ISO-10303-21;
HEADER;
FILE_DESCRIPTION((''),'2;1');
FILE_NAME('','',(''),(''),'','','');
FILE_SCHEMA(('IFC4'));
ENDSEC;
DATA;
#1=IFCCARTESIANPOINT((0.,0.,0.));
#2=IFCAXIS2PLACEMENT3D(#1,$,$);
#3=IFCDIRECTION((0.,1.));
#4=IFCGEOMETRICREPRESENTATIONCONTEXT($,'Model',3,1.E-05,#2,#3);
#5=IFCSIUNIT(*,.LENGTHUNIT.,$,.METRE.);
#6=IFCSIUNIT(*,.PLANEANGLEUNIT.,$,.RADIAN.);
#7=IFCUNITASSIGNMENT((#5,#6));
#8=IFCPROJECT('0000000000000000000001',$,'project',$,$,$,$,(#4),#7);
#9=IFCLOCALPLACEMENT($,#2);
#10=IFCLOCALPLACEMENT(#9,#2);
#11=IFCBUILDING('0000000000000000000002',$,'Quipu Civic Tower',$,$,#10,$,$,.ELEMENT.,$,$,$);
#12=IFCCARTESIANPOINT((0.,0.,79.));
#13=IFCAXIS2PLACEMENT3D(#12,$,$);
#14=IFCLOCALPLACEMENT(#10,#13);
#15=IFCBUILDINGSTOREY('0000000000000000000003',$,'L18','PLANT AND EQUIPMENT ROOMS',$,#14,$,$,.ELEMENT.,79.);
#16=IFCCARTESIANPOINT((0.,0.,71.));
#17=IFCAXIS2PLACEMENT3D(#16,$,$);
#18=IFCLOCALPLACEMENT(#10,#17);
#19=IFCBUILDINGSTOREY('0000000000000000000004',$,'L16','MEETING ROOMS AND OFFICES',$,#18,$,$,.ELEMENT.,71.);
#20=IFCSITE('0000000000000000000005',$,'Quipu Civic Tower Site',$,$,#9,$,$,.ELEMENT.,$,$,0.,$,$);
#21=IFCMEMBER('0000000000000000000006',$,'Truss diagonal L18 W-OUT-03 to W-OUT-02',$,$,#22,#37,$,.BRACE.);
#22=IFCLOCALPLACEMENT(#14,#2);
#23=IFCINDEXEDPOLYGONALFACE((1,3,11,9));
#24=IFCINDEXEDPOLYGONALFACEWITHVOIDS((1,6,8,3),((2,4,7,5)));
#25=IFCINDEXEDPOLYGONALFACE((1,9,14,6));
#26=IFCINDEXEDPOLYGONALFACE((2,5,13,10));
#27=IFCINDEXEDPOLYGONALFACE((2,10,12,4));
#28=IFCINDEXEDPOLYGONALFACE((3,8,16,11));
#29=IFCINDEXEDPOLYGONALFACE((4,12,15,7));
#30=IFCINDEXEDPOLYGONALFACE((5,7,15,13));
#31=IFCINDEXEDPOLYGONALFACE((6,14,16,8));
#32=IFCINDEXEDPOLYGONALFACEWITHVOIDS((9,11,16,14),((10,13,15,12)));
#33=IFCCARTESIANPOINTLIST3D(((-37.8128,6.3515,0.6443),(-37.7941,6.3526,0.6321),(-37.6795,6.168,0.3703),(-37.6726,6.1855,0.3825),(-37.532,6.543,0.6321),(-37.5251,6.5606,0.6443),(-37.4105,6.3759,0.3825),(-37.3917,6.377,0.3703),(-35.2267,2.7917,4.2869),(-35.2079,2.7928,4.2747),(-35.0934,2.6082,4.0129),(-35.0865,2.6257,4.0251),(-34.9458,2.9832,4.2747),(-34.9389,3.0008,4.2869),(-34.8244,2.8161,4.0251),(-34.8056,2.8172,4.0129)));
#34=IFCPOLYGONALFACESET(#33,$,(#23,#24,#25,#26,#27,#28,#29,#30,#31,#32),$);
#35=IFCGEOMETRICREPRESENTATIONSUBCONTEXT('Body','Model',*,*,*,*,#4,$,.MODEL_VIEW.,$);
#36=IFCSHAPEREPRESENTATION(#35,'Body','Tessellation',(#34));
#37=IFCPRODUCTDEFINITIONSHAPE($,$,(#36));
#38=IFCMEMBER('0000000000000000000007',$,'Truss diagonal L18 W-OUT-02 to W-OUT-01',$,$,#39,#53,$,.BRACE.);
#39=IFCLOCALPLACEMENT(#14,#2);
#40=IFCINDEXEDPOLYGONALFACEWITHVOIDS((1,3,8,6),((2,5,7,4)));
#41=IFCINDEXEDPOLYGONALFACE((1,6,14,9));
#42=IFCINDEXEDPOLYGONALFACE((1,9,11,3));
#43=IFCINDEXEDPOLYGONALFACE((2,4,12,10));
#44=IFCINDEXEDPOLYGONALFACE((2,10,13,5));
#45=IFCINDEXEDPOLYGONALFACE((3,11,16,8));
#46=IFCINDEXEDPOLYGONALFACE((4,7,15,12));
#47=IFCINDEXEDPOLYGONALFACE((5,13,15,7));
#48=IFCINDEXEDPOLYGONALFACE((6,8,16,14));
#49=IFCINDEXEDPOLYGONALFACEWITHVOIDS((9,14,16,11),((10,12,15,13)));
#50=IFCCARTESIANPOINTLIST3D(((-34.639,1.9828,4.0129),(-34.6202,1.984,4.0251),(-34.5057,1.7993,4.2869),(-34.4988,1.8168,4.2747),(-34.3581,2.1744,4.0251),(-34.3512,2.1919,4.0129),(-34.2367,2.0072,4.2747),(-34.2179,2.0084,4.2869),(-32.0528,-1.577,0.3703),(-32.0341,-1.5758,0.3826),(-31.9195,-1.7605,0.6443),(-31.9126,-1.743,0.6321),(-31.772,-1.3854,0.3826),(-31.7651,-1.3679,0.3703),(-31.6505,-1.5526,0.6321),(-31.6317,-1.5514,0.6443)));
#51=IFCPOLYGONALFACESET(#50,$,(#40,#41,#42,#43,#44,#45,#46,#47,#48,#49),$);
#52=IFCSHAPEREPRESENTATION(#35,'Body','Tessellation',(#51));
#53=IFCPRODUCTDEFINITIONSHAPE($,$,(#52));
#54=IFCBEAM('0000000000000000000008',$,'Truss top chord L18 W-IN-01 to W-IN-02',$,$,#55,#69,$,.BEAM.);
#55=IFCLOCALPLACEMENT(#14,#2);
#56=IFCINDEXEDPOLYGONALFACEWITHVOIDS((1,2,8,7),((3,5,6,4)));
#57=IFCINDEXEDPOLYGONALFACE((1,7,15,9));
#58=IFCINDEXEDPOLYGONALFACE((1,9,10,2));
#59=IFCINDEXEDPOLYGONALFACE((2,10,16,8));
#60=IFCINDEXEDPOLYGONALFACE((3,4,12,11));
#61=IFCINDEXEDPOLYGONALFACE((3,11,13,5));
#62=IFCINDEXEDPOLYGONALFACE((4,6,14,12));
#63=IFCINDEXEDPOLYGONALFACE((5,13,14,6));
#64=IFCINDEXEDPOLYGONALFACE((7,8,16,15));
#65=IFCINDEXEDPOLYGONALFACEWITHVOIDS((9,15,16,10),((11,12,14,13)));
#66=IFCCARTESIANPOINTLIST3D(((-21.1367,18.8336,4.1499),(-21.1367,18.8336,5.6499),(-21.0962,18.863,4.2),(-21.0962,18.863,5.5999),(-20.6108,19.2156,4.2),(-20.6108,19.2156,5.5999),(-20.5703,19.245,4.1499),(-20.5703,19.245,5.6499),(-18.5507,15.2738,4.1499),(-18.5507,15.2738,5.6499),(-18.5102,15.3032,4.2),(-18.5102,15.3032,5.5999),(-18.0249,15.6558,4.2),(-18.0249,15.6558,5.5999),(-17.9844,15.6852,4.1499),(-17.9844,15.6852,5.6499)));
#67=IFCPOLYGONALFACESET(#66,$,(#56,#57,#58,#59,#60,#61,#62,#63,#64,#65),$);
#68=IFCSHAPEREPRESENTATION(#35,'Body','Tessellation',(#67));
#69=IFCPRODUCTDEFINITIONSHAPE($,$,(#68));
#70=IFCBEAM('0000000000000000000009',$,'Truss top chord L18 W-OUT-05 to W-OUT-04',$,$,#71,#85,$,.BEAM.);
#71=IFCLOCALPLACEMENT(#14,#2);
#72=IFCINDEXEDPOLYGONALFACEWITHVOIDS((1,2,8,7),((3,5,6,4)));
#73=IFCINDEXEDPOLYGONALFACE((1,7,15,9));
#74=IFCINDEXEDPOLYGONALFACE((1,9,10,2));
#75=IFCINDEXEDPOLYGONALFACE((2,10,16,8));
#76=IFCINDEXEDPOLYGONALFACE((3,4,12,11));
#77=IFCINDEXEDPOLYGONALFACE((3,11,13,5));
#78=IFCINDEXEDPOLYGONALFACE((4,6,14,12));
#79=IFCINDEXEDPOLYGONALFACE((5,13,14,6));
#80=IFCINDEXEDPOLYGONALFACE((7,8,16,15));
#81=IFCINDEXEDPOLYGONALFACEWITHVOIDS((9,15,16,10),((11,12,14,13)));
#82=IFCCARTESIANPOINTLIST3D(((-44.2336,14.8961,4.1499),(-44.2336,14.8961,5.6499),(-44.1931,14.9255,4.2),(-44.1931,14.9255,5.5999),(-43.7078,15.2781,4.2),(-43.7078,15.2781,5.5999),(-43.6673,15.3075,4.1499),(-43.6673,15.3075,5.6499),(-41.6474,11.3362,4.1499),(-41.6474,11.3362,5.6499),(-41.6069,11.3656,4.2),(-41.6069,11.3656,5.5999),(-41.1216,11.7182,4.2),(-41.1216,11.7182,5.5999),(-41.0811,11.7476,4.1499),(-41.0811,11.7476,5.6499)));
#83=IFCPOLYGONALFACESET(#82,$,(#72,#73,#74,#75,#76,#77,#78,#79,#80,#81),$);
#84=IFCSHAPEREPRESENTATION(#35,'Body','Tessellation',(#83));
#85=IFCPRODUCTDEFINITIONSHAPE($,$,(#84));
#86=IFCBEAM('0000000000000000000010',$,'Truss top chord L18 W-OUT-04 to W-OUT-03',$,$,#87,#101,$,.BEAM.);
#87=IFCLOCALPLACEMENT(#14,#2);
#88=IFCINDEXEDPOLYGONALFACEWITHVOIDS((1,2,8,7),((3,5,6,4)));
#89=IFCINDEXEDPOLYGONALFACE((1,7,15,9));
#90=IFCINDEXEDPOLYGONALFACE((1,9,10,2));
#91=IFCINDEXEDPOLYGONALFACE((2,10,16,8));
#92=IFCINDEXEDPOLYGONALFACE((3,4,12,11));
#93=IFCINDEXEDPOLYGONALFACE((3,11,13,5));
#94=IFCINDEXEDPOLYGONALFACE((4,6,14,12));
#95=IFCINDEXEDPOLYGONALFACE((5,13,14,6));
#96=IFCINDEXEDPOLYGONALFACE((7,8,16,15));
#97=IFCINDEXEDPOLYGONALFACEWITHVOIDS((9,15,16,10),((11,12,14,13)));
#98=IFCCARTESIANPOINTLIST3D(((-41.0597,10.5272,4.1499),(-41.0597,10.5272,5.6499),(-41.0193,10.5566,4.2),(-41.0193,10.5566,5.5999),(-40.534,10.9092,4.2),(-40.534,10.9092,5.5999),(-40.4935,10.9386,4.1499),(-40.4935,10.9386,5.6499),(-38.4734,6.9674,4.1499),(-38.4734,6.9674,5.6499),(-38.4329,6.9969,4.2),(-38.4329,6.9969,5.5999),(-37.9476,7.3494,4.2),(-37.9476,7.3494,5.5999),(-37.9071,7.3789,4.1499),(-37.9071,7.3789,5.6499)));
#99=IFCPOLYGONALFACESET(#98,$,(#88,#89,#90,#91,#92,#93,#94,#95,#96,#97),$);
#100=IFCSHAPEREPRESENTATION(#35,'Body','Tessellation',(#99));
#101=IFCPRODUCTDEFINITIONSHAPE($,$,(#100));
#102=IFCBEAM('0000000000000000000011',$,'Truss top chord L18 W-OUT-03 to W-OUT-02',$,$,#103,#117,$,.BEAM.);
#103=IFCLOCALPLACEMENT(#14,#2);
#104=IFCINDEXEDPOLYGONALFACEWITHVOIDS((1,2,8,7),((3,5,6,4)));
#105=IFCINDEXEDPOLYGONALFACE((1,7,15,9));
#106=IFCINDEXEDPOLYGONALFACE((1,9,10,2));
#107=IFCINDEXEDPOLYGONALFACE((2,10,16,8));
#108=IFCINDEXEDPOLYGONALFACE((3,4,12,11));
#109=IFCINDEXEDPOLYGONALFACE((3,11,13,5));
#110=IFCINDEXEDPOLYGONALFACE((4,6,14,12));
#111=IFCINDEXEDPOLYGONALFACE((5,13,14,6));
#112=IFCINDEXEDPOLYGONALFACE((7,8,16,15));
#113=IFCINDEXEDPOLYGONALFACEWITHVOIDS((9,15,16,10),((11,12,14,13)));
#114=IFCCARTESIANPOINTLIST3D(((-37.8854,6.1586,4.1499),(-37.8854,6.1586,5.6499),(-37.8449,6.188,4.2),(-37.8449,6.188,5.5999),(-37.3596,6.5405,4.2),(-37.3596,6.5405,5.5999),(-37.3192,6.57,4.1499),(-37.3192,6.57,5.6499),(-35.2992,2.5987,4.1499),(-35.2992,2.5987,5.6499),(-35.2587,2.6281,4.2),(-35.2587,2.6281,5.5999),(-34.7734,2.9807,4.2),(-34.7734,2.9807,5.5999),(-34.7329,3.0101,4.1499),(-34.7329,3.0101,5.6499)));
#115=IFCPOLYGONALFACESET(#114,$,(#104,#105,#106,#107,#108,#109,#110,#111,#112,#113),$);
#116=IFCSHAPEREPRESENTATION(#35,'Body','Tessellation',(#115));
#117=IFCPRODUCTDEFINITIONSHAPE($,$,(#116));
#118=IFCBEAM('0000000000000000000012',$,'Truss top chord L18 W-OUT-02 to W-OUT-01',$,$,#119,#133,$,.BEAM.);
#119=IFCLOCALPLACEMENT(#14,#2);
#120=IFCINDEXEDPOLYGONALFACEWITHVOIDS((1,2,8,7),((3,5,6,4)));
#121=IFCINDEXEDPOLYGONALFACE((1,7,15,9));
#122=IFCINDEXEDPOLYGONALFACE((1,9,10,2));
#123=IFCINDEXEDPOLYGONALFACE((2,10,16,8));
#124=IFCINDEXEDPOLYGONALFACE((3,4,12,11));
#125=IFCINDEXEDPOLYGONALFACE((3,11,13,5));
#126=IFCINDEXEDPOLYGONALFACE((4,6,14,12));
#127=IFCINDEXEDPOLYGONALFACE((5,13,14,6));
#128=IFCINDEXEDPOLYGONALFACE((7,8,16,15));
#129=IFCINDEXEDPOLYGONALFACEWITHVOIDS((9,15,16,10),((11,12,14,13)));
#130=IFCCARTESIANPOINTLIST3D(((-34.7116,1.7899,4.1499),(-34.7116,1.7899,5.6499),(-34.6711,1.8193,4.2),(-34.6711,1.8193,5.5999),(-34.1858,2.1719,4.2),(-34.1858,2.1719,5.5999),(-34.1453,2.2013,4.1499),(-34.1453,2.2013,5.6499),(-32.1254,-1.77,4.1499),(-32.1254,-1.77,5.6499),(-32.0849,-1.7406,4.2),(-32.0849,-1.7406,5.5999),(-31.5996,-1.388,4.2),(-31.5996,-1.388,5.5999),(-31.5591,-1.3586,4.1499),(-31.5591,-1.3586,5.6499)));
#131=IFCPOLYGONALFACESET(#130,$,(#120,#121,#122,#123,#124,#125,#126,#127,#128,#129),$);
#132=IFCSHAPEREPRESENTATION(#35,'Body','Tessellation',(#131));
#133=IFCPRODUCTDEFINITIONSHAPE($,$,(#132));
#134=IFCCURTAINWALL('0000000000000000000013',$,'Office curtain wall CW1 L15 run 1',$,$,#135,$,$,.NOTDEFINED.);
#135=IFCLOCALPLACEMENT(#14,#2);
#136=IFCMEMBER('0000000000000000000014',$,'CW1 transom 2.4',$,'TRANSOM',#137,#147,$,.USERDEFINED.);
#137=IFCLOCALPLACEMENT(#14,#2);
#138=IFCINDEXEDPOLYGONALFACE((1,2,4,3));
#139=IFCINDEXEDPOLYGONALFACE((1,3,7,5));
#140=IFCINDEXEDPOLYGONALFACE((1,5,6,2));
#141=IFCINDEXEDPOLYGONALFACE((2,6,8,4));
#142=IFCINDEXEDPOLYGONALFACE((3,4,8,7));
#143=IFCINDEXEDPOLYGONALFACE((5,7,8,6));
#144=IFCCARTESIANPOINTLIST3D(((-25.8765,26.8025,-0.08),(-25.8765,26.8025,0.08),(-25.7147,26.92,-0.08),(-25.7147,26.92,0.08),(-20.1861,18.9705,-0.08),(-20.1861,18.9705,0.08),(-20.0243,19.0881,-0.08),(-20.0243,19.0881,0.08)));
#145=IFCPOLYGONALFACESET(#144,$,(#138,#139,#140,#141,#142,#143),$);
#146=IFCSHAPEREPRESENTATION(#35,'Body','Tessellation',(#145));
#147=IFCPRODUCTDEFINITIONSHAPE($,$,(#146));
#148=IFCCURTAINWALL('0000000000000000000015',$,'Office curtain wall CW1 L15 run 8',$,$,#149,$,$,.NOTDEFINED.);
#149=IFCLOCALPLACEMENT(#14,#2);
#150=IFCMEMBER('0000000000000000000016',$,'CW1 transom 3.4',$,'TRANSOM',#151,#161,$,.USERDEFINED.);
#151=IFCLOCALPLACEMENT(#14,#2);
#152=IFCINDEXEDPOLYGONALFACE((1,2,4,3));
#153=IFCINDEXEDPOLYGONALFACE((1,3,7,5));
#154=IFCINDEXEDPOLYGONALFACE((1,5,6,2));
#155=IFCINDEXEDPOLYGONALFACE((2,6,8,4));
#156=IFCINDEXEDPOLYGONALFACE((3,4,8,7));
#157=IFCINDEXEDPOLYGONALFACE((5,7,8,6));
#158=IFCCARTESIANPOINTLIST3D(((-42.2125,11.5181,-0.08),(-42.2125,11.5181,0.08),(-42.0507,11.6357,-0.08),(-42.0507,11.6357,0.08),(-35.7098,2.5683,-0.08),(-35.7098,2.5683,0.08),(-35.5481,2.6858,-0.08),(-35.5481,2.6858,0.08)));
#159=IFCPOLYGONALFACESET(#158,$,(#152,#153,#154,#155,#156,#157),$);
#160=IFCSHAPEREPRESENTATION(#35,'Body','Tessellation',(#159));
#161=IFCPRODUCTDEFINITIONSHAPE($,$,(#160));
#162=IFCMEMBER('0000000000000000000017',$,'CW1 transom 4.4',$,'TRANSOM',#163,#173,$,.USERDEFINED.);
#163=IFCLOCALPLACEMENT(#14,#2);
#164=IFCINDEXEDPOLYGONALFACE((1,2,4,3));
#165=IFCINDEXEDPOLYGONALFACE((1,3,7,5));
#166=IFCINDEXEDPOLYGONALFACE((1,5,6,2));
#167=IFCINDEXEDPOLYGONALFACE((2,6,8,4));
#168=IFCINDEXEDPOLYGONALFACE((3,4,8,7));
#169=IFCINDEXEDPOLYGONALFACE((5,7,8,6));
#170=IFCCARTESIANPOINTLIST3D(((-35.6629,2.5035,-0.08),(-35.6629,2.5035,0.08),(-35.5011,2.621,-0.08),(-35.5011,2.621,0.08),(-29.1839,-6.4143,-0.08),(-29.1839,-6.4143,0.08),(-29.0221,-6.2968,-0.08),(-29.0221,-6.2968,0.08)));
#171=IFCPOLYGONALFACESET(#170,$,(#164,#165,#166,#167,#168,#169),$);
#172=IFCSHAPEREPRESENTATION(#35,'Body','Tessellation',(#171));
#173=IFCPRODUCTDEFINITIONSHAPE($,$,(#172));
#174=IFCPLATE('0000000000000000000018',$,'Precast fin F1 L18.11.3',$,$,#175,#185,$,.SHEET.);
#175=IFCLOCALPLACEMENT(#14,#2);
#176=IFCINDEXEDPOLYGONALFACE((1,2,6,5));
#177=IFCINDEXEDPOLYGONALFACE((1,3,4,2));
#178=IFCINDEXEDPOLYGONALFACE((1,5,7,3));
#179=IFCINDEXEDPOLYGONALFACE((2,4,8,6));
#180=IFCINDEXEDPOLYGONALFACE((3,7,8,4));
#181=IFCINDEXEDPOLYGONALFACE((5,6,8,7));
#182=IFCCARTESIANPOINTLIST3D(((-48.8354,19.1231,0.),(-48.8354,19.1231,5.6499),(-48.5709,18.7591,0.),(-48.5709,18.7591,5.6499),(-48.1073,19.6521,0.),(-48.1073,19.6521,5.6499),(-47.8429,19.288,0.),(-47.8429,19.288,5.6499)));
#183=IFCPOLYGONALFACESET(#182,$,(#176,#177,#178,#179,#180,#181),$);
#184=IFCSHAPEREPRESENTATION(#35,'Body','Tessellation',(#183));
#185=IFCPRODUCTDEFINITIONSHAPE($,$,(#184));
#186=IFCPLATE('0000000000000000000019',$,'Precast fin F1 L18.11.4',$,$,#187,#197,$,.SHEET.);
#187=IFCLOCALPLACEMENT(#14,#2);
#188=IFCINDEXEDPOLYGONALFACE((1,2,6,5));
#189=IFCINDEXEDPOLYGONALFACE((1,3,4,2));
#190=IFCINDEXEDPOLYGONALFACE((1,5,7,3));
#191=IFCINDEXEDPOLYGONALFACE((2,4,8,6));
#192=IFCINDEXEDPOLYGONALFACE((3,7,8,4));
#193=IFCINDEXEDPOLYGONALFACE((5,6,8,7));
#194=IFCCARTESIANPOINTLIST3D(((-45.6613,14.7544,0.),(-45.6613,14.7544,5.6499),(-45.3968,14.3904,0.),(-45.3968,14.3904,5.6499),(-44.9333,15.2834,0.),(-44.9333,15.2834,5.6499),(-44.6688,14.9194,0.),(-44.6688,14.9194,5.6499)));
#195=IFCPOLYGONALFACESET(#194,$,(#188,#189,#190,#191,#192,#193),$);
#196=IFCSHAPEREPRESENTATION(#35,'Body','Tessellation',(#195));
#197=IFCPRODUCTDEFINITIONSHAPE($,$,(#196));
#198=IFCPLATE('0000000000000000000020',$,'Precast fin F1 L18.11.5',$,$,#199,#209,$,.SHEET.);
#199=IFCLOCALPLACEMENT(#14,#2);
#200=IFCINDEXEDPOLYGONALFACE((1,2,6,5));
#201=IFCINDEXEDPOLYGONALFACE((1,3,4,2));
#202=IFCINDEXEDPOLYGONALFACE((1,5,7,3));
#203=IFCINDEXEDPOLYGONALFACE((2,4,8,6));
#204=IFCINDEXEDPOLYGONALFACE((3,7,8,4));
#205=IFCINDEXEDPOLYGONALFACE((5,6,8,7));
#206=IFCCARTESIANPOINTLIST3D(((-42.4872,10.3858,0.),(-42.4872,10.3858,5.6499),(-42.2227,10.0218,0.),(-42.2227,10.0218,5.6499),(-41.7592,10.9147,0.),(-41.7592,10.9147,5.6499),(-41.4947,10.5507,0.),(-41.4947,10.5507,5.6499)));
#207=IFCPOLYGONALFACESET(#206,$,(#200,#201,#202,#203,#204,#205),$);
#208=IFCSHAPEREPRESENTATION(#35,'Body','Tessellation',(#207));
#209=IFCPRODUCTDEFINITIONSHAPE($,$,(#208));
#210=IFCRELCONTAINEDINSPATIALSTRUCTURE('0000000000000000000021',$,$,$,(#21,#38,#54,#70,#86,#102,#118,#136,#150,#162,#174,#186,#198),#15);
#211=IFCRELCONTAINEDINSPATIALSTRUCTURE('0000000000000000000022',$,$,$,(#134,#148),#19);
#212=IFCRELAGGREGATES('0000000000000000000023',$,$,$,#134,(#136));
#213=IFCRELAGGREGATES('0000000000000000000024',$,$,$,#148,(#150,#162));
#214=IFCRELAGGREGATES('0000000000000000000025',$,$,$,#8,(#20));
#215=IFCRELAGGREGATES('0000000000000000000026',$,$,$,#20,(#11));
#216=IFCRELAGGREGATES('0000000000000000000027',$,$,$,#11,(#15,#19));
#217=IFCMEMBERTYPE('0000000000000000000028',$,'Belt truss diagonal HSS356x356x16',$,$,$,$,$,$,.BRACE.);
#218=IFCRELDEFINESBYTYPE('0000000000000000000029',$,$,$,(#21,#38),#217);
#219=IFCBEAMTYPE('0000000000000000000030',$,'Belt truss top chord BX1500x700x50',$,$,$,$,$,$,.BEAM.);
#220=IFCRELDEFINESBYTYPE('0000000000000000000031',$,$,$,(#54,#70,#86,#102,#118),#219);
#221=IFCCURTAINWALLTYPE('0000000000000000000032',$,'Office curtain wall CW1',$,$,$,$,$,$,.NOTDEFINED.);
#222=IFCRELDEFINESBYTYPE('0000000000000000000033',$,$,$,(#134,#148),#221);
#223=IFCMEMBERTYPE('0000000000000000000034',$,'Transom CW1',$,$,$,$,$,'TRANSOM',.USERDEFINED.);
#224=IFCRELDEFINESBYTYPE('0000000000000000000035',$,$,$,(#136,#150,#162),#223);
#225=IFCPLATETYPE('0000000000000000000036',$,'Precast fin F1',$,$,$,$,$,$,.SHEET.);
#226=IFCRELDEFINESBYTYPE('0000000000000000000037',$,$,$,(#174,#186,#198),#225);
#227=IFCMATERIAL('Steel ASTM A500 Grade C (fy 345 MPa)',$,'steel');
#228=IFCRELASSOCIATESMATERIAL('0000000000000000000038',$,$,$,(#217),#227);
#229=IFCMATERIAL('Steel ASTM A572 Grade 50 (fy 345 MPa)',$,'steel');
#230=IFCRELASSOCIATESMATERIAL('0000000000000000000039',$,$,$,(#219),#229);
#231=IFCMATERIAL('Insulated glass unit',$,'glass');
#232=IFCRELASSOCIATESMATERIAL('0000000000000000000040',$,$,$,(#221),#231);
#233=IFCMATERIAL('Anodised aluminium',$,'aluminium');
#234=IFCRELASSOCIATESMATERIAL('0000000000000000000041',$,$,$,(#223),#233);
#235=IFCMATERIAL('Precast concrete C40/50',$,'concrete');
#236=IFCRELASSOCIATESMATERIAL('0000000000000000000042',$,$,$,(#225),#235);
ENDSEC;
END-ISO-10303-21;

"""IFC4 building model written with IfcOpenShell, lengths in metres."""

from ifc_helpers import new_model, si_unit, direction, frame, origin, origin_2d, place, context, subcontext, project, spatial, rectangle, hollow_rectangle, extrude, material, material_profile, profile_set, type_object, element, aggregate, save


model = new_model("IFC4")

# Units and contexts
model_context = context("Model", 3, precision=1e-05, world=origin(), true_north=direction((0.0, 1.0)))
body_context = subcontext(model_context, "Body", "Model", "MODEL_VIEW")
ifc_project = project(units=[si_unit("LENGTHUNIT", "METRE"), si_unit("PLANEANGLEUNIT", "RADIAN")], contexts=[model_context])

# Site, building, storey
site_placement = place(None, origin())
site = spatial("IfcSite", under=ifc_project, at=site_placement, Name="Quipu Civic Tower Site", CompositionType="ELEMENT", RefElevation=0.0)
building_placement = place(site_placement, origin())
building = spatial("IfcBuilding", under=site, at=building_placement, Name="Quipu Civic Tower", CompositionType="ELEMENT")
storey_1_placement = place(building_placement, frame((0.0, 0.0, 79.0)))
storey_1 = spatial("IfcBuildingStorey", under=building, at=storey_1_placement, Name="L18", Description="PLANT AND EQUIPMENT ROOMS", CompositionType="ELEMENT", Elevation=79.0)

# Members
ifc_material_1 = material(Name="Steel ASTM A500 Grade C (fy 345 MPa)", Category="steel")
ifc_material_profile_1 = material_profile(ifc_material_1, hollow_rectangle(XDim=0.3557, YDim=0.3557, WallThickness=0.0159, at=origin_2d()), Name="HSS356x356x16")
ifc_profile_set_1 = profile_set([ifc_material_profile_1], Name="Steel ASTM A500 Grade C (fy 345 MPa)")
member_type_1 = type_object("IfcMemberType", Name="Belt truss diagonal HSS356x356x16", PredefinedType="BRACE", material=ifc_profile_set_1)
for number, where, z_axis, x_axis, name in (
    (1, (-37.6023, 6.3643, 0.5073), (0.452749, -0.623197, 0.637686), (0.809036, 0.587759, 0.0), "Truss diagonal L18 W-OUT-03 to W-OUT-02"),
    (2, (-34.4285, 1.9956, 4.1499), (0.452749, -0.623197, -0.637686), (0.809036, 0.587759, 0.0), "Truss diagonal L18 W-OUT-02 to W-OUT-01"),
):
    element("IfcMember", number, at=place(storey_1_placement, frame(where, z_axis=z_axis, x_axis=x_axis)), inside=storey_1, type_object=member_type_1, Name=name, PredefinedType="BRACE", context=body_context, shape_type="SweptSolid", body=[
        extrude(hollow_rectangle(XDim=0.3557, YDim=0.3557, WallThickness=0.0159, at=origin_2d()), origin(), (0.0, 0.0, 1.0), 5.7122),
    ])

# Beams
ifc_material_2 = material(Name="Steel ASTM A572 Grade 50 (fy 345 MPa)", Category="steel")
ifc_material_profile_2 = material_profile(ifc_material_2, hollow_rectangle(XDim=0.7, YDim=1.5, WallThickness=0.05, at=origin_2d()), Name="BX1500x700x50")
ifc_profile_set_2 = profile_set([ifc_material_profile_2], Name="Steel ASTM A572 Grade 50 (fy 345 MPa)")
beam_type_1 = type_object("IfcBeamType", Name="Belt truss top chord BX1500x700x50", PredefinedType="BEAM", material=ifc_profile_set_2)
beam_1_placement = place(storey_1_placement, frame((-18.2676, 15.4795, 4.8999), z_axis=(-0.587723, 0.809062, 0.0), x_axis=(-0.809062, -0.587723, 0.0)))
element("IfcBeam", 3, at=beam_1_placement, inside=storey_1, type_object=beam_type_1, Name="Truss top chord L18 W-IN-01 to W-IN-02", PredefinedType="BEAM", context=body_context, shape_type="SweptSolid", body=[
    extrude(hollow_rectangle(XDim=0.7, YDim=1.5, WallThickness=0.05, at=origin_2d()), origin(), (0.0, 0.0, 1.0), 4.3999),
])
for number, where, z_axis, x_axis, name in (
    (4, (-43.9504, 15.1018, 4.8999), (0.587759, -0.809036, 0.0), (0.809036, 0.587759, 0.0), "Truss top chord L18 W-OUT-05 to W-OUT-04"),
    (5, (-40.7766, 10.7329, 4.8999), (0.587796, -0.80901, 0.0), (0.80901, 0.587796, 0.0), "Truss top chord L18 W-OUT-04 to W-OUT-03"),
    (6, (-37.6023, 6.3643, 4.8999), (0.587759, -0.809036, 0.0), (0.809036, 0.587759, 0.0), "Truss top chord L18 W-OUT-03 to W-OUT-02"),
    (7, (-34.4285, 1.9956, 4.8999), (0.587759, -0.809036, 0.0), (0.809036, 0.587759, 0.0), "Truss top chord L18 W-OUT-02 to W-OUT-01"),
):
    element("IfcBeam", number, at=place(storey_1_placement, frame(where, z_axis=z_axis, x_axis=x_axis)), inside=storey_1, type_object=beam_type_1, Name=name, PredefinedType="BEAM", context=body_context, shape_type="SweptSolid", body=[
        extrude(hollow_rectangle(XDim=0.7, YDim=1.5, WallThickness=0.05, at=origin_2d()), origin(), (0.0, 0.0, 1.0), 4.4001),
    ])

# Shared definitions
storey_2_placement = place(building_placement, frame((0.0, 0.0, 71.0)))
storey_2 = spatial("IfcBuildingStorey", under=building, at=storey_2_placement, Name="L16", Description="MEETING ROOMS AND OFFICES", CompositionType="ELEMENT", Elevation=71.0)

# Curtain wall, member
ifc_material_3 = material(Name="Insulated glass unit", Category="glass")
curtain_wall_type = type_object("IfcCurtainWallType", Name="Office curtain wall CW1", PredefinedType="NOTDEFINED", material=ifc_material_3)
curtain_wall_1_placement = place(storey_2_placement, origin())
curtain_wall_1 = element("IfcCurtainWall", 8, at=curtain_wall_1_placement, inside=storey_2, type_object=curtain_wall_type, Name="Office curtain wall CW1 L15 run 1", PredefinedType="NOTDEFINED")
ifc_material_4 = material(Name="Anodised aluminium", Category="aluminium")
ifc_material_profile_3 = material_profile(ifc_material_4, rectangle(XDim=0.2, YDim=0.1599, at=origin_2d()), Name="RECT 200x160")
ifc_profile_set_3 = profile_set([ifc_material_profile_3], Name="Anodised aluminium")
member_type_2 = type_object("IfcMemberType", Name="Transom CW1", ElementType="TRANSOM", PredefinedType="USERDEFINED", material=ifc_profile_set_3)
member_1_placement = place(storey_1_placement, frame((-20.1052, 19.0293, 0.0), z_axis=(-0.587794, 0.809011, 0.0), x_axis=(-0.809011, -0.587794, 0.0)))
member_1 = element("IfcMember", 9, at=member_1_placement, inside=storey_1, type_object=member_type_2, Name="CW1 transom 2.4", ObjectType="TRANSOM", PredefinedType="USERDEFINED", context=body_context, shape_type="SweptSolid", body=[
    extrude(rectangle(XDim=0.2, YDim=0.1599, at=origin_2d()), origin(), (0.0, 0.0, 1.0), 9.6809),
])
aggregate(curtain_wall_1, [member_1])

# Curtain wall, members
curtain_wall_2_placement = place(storey_2_placement, origin())
curtain_wall_2 = element("IfcCurtainWall", 10, at=curtain_wall_2_placement, inside=storey_2, type_object=curtain_wall_type, Name="Office curtain wall CW1 L15 run 8", PredefinedType="NOTDEFINED")
member_2_placement = place(storey_1_placement, frame((-42.1316, 11.5769, 0.0), z_axis=(0.587795, -0.80901, 0.0), x_axis=(0.80901, 0.587795, 0.0)))
member_2 = element("IfcMember", 11, at=member_2_placement, inside=storey_1, type_object=member_type_2, Name="CW1 transom 3.4", ObjectType="TRANSOM", PredefinedType="USERDEFINED", context=body_context, shape_type="SweptSolid", body=[
    extrude(rectangle(XDim=0.2, YDim=0.1599, at=origin_2d()), origin(), (0.0, 0.0, 1.0), 11.0627),
])
member_3_placement = place(storey_1_placement, frame((-35.582, 2.5623, 0.0), z_axis=(0.587779, -0.809021, 0.0), x_axis=(0.809021, 0.587779, 0.0)))
member_3 = element("IfcMember", 12, at=member_3_placement, inside=storey_1, type_object=member_type_2, Name="CW1 transom 4.4", ObjectType="TRANSOM", PredefinedType="USERDEFINED", context=body_context, shape_type="SweptSolid", body=[
    extrude(rectangle(XDim=0.2, YDim=0.1599, at=origin_2d()), origin(), (0.0, 0.0, 1.0), 11.0229),
])
aggregate(curtain_wall_2, [member_2, member_3])

# Plates
ifc_material_5 = material(Name="Precast concrete C40/50", Category="concrete")
plate_type = type_object("IfcPlateType", Name="Precast fin F1", PredefinedType="SHEET", material=ifc_material_5)
for number, where, z_axis, x_axis, name in (
    (13, (-48.3391, 19.2056, 0.0), (0.0, 0.0, 1.0), (0.587786, -0.809017, 0.0), "Precast fin F1 L18.11.3"),
    (14, (-45.165, 14.8369, 0.0), (0.0, 0.0, 1.0), (0.587786, -0.809017, 0.0), "Precast fin F1 L18.11.4"),
    (15, (-41.991, 10.4683, 0.0), (0.0, 0.0, 1.0), (0.587786, -0.809017, 0.0), "Precast fin F1 L18.11.5"),
):
    element("IfcPlate", number, at=place(storey_1_placement, frame(where, z_axis=z_axis, x_axis=x_axis)), inside=storey_1, type_object=plate_type, Name=name, PredefinedType="SHEET", context=body_context, shape_type="SweptSolid", body=[
        extrude(rectangle(XDim=0.45, YDim=0.8999, at=origin_2d()), origin(), (0.0, 0.0, 1.0), 5.6499),
    ])

save(model, "model.ifc")
